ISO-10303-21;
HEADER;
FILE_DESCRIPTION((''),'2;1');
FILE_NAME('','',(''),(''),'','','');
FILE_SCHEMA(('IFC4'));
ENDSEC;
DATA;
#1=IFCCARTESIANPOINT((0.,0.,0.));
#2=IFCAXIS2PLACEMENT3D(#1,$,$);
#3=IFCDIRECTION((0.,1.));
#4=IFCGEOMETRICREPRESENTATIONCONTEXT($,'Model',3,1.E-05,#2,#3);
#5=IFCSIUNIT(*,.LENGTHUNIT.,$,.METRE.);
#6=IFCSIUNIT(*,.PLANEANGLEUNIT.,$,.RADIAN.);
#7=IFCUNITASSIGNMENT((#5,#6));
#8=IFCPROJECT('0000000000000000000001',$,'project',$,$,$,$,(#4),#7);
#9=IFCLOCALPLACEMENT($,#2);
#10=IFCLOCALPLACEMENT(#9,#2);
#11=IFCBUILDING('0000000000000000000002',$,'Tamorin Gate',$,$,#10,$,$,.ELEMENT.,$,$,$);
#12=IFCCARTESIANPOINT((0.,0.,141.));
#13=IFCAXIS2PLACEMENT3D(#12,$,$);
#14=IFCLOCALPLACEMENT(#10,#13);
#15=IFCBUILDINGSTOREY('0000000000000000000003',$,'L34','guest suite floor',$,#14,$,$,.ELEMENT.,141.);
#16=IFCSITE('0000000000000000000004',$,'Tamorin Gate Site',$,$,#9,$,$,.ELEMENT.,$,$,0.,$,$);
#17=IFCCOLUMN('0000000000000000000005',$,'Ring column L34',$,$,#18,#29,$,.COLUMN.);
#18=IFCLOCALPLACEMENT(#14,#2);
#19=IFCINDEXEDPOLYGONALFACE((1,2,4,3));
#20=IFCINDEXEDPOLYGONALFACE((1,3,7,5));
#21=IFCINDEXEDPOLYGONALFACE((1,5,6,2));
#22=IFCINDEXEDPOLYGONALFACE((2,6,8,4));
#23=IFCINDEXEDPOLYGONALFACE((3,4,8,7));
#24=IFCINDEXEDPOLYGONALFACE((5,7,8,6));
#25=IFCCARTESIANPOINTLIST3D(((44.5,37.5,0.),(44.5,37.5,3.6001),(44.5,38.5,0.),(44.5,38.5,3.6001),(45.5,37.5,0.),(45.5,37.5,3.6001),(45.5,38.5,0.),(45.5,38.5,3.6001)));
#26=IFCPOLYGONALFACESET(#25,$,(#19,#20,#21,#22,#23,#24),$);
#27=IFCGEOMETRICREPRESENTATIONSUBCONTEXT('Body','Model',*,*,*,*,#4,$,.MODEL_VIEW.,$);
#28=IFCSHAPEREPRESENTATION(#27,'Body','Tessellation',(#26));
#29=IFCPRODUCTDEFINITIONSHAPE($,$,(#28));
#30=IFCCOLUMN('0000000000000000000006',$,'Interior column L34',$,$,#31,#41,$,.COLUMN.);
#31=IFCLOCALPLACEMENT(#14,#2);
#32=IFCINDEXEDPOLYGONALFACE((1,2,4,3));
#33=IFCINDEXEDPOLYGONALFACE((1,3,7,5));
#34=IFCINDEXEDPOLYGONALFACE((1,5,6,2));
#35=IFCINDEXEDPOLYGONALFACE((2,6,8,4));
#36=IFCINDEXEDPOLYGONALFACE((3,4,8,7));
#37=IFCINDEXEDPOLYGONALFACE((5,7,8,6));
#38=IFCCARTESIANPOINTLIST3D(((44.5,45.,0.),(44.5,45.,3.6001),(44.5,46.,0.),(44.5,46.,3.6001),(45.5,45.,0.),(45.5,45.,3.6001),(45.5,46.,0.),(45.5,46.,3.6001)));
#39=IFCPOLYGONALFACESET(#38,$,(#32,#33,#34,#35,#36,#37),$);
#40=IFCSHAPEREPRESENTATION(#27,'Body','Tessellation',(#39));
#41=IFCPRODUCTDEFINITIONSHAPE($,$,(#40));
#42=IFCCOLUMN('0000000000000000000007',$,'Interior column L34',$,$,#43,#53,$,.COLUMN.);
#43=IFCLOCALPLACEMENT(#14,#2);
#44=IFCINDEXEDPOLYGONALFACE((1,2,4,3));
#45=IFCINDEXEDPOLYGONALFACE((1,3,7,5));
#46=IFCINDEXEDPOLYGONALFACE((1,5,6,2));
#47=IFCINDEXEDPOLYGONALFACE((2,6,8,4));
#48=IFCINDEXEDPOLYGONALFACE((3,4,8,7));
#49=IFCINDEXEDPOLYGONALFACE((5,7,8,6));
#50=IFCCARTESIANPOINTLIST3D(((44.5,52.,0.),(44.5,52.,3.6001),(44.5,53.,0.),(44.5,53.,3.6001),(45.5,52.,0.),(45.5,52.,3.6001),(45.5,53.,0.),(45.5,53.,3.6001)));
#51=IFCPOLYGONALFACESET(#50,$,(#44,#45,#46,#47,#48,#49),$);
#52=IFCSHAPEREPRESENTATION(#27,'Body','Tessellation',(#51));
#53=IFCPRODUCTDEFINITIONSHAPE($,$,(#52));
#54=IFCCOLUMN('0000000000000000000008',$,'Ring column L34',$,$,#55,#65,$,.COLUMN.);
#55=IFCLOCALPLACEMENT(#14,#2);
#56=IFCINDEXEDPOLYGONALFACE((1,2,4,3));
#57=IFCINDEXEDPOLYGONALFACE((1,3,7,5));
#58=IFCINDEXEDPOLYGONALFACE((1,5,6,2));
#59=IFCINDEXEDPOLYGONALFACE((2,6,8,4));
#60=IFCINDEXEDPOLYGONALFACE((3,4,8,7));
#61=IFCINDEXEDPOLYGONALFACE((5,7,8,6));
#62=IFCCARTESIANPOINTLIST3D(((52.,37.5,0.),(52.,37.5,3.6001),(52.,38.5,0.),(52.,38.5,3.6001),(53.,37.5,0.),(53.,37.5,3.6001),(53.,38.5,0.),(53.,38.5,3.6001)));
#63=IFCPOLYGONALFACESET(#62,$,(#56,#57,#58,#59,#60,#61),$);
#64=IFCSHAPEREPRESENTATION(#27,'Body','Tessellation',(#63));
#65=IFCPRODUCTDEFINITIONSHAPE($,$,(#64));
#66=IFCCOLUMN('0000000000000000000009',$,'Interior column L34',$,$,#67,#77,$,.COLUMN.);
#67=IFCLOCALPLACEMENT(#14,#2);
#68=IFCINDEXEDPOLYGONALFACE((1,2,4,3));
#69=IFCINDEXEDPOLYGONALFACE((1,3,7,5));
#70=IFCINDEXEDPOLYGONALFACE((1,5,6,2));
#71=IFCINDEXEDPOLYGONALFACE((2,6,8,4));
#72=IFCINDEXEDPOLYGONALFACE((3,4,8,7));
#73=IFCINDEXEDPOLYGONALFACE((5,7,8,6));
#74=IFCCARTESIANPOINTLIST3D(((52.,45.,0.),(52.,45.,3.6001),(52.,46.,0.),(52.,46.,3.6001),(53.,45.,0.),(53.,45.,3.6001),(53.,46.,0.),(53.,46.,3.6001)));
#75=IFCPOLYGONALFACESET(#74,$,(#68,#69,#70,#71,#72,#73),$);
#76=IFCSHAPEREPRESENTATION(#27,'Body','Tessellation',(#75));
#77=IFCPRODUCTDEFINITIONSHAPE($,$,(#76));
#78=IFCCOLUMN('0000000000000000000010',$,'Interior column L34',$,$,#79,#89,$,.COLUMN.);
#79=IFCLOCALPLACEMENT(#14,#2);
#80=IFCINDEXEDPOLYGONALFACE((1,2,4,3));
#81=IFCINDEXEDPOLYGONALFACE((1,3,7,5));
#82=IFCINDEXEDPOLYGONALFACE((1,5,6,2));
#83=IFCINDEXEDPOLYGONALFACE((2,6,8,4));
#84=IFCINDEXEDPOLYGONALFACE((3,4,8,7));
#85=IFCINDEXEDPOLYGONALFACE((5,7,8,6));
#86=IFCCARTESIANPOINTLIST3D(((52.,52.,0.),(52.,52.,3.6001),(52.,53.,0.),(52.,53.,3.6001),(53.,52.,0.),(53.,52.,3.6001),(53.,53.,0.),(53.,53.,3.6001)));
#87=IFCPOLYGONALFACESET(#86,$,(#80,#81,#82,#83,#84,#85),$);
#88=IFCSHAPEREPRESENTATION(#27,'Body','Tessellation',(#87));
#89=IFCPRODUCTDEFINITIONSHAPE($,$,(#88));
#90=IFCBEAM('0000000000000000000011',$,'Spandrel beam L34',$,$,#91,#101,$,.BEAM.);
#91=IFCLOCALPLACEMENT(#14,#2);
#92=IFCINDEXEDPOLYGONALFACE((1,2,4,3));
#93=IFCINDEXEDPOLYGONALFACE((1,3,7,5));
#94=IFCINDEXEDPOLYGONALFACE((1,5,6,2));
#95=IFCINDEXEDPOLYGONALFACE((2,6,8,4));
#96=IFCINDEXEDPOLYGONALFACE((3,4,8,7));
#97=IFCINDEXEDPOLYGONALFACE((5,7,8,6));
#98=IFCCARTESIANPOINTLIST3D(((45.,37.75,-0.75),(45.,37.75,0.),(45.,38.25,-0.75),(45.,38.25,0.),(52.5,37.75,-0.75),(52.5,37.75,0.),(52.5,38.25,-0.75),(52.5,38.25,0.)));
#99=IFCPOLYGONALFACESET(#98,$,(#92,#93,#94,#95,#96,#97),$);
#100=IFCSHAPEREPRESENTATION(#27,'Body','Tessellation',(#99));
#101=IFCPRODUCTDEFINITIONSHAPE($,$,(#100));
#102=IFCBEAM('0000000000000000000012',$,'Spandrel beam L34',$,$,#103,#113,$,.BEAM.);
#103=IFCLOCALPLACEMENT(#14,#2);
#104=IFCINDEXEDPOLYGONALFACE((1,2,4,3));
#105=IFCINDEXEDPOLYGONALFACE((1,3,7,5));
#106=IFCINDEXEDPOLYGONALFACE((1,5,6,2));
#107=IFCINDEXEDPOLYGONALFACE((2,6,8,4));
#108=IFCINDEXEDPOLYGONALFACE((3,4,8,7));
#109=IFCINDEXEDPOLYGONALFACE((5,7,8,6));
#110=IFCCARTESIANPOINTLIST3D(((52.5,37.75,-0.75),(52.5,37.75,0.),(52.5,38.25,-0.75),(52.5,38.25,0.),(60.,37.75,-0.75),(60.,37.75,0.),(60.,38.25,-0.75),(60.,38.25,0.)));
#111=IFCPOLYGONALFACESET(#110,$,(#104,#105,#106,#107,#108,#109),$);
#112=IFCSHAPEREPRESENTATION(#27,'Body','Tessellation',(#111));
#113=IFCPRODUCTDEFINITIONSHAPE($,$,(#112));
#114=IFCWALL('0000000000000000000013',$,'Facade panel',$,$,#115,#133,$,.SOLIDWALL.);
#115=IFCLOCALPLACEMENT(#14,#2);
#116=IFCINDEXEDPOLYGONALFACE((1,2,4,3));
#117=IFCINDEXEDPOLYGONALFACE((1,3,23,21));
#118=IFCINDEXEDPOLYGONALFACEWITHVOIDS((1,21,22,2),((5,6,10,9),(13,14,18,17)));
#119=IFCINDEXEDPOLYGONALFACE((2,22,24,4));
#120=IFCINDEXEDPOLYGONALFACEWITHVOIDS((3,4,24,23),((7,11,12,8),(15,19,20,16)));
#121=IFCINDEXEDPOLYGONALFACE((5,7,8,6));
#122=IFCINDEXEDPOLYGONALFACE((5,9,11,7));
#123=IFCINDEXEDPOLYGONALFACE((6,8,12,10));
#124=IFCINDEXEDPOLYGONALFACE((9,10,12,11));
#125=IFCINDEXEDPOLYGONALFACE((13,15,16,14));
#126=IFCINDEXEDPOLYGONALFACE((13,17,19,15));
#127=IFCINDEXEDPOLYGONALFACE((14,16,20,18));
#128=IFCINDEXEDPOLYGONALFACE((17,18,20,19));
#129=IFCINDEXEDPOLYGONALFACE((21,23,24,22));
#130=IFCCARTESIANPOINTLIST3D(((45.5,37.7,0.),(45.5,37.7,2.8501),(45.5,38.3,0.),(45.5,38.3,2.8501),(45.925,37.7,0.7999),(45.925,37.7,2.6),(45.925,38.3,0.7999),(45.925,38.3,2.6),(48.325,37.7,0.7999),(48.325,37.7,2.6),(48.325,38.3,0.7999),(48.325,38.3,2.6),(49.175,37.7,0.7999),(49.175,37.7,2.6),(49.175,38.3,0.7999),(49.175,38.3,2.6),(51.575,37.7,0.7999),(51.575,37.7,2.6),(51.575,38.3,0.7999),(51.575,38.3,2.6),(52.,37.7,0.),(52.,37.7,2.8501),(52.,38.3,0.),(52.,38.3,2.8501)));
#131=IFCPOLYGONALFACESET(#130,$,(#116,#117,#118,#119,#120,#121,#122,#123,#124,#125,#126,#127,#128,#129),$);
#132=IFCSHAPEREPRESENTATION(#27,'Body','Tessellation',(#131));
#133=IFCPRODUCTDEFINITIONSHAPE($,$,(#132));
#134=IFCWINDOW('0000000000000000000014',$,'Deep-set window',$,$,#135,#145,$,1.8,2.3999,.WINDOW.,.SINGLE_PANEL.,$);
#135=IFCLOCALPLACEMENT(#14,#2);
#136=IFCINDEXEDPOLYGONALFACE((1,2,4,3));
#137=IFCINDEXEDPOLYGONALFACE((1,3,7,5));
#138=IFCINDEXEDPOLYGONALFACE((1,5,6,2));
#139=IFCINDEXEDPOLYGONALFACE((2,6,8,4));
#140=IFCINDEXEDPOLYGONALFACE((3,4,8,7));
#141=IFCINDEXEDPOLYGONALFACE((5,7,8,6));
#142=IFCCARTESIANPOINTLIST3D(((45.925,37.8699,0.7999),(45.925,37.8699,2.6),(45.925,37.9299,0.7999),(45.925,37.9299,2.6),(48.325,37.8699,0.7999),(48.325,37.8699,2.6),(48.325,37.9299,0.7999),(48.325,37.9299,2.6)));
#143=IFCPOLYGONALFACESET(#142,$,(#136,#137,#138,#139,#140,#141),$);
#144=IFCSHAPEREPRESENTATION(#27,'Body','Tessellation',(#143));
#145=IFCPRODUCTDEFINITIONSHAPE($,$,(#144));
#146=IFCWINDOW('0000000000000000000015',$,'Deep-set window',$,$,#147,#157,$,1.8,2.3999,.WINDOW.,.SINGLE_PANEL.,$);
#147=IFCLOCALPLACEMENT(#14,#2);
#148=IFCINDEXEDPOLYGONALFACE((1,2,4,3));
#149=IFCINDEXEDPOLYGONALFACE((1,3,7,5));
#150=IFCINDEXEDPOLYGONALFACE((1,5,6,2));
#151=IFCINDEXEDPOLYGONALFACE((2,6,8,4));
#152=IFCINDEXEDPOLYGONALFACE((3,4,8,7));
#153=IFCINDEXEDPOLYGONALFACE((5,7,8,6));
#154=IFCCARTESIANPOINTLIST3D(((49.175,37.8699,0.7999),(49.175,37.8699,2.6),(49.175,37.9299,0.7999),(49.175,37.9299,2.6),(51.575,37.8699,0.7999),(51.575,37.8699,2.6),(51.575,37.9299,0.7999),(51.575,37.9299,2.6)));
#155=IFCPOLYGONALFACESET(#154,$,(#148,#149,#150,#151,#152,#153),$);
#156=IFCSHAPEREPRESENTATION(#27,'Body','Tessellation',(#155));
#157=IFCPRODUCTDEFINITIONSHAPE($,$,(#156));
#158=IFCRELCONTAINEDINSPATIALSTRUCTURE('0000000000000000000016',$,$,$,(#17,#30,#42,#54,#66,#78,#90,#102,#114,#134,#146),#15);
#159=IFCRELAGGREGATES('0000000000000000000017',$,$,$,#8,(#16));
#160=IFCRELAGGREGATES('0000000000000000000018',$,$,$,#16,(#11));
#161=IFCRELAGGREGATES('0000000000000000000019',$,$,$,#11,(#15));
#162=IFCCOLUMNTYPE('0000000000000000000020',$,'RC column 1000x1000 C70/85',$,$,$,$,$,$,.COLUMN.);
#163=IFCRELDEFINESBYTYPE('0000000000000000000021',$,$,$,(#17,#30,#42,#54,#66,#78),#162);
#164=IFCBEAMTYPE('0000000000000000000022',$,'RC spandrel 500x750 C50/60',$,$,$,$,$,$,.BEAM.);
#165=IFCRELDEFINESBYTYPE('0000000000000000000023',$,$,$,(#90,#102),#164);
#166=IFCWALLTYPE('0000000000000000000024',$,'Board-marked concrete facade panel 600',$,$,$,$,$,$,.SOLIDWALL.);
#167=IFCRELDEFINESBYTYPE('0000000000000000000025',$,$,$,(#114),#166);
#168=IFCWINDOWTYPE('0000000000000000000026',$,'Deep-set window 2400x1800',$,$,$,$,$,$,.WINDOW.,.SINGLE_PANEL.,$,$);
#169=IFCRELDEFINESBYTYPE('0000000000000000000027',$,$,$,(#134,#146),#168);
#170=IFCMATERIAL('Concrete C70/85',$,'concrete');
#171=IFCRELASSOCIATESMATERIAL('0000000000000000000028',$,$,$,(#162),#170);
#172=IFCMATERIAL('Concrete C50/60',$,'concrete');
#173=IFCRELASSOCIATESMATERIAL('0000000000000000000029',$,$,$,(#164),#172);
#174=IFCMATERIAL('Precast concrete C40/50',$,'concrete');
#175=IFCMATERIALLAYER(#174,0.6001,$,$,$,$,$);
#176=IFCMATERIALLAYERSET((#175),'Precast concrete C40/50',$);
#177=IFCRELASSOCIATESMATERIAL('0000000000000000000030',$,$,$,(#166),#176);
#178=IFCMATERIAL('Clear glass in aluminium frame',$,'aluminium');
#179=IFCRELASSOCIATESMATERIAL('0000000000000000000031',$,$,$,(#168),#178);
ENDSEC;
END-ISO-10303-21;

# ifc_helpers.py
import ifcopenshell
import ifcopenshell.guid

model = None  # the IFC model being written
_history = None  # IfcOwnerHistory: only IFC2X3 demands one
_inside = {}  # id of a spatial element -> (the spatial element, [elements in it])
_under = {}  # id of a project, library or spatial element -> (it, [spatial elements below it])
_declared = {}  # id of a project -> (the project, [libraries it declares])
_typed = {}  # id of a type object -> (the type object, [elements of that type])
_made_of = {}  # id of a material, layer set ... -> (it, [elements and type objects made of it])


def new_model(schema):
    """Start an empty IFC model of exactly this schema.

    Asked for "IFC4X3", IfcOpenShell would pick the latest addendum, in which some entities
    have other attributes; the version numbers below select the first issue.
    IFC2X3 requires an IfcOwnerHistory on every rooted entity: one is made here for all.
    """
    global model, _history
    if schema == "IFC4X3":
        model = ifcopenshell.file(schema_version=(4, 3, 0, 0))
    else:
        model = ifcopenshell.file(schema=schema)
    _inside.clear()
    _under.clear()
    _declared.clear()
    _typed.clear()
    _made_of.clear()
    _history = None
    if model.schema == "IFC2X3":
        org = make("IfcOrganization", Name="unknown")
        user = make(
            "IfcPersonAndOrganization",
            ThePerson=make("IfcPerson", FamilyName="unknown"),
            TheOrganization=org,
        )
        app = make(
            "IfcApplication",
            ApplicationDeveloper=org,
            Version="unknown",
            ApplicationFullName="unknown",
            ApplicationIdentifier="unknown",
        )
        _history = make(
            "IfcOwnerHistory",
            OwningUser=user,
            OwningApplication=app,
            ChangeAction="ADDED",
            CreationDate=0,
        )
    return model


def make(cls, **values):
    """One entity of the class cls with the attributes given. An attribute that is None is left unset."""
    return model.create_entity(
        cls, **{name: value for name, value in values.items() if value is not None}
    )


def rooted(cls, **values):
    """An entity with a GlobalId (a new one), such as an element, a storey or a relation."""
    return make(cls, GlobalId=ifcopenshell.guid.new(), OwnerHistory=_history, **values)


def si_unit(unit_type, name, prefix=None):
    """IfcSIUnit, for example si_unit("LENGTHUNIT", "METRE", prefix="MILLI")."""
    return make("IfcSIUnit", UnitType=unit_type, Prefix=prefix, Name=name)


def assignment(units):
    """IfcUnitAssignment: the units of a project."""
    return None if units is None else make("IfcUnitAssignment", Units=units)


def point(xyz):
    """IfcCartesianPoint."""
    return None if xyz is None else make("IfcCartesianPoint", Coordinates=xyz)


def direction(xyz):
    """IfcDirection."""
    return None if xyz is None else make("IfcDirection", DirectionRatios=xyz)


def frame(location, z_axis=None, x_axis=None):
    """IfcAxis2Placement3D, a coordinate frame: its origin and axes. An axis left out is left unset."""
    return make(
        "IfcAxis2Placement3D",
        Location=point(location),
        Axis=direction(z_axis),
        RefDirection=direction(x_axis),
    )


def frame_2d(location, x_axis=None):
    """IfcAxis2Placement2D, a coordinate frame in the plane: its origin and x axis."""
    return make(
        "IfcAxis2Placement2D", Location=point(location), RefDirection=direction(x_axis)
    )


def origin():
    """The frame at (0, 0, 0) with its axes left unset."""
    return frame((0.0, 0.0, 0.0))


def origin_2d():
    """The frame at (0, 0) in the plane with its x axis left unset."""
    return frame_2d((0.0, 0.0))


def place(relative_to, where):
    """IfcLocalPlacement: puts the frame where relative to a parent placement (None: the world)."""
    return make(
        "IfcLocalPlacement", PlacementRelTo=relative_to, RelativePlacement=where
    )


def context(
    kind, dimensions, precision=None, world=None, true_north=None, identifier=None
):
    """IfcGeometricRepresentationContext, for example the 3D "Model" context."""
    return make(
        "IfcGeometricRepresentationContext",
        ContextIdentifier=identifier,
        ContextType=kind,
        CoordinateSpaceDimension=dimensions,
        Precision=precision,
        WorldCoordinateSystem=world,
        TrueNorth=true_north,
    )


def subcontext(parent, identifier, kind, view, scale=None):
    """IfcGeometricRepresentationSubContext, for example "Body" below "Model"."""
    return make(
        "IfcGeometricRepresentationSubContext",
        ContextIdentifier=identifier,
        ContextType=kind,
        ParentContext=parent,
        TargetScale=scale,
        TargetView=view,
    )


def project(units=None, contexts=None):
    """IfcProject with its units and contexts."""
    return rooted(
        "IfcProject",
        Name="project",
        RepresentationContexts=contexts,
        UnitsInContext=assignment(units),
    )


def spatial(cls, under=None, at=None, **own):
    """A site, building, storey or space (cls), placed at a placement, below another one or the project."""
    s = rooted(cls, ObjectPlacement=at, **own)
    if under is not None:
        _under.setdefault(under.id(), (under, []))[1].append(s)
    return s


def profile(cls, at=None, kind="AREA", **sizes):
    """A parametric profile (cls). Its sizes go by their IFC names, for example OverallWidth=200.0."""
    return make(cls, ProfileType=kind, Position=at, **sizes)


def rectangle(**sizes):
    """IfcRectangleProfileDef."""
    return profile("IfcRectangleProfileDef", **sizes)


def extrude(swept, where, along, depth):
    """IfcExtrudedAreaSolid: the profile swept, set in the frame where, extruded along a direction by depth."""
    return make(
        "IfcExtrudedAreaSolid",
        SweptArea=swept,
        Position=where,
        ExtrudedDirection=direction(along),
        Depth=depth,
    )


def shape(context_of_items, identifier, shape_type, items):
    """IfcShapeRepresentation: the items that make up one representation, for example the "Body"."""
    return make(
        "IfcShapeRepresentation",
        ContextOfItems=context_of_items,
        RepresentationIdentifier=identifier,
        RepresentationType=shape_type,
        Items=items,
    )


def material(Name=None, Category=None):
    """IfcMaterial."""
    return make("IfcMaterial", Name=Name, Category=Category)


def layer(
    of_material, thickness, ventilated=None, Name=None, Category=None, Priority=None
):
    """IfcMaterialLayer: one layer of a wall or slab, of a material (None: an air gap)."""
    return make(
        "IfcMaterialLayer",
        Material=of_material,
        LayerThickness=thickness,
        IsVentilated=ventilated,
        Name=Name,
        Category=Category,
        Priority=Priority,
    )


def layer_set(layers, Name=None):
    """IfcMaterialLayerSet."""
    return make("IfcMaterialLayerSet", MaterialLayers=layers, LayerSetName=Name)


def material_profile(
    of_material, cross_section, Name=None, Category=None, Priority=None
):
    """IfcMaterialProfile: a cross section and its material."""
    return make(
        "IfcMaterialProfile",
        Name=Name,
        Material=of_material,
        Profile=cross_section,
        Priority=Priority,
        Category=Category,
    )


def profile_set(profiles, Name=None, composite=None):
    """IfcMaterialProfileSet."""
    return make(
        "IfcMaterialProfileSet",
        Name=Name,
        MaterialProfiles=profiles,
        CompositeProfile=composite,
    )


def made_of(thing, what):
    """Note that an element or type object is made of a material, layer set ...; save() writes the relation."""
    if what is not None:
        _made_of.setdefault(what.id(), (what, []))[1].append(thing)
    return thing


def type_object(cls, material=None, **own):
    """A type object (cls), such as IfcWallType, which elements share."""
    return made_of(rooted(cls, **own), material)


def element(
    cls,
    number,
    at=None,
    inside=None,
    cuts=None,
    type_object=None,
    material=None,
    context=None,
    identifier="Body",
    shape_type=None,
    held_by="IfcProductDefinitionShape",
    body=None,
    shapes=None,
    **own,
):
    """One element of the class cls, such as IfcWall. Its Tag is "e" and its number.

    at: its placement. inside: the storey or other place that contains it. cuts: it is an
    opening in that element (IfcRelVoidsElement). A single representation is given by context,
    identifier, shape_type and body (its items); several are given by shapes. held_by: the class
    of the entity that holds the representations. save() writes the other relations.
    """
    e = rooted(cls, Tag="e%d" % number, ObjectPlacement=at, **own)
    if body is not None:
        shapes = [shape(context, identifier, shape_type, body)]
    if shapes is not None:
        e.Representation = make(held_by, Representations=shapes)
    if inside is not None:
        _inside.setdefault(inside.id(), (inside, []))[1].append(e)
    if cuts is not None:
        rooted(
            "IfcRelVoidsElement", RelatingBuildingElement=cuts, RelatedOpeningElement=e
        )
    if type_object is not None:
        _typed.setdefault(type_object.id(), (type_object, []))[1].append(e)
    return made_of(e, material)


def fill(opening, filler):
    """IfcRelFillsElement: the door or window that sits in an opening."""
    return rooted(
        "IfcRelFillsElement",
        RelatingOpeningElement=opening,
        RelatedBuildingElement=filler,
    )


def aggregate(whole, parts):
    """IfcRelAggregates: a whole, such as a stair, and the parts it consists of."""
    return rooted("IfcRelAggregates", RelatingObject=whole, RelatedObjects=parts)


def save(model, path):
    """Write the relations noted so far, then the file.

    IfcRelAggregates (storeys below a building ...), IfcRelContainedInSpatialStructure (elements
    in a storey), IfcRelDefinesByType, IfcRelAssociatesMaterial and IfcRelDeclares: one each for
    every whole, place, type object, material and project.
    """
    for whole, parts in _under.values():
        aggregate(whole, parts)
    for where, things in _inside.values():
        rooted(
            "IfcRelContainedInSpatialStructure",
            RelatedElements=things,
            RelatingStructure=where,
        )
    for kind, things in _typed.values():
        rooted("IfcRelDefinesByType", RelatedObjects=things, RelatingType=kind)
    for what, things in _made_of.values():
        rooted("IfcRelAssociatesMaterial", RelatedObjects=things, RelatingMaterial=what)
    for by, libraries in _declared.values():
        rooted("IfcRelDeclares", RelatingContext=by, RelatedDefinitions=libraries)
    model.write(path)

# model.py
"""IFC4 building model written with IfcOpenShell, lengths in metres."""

from ifc_helpers import new_model, si_unit, direction, frame, frame_2d, origin, origin_2d, place, context, subcontext, project, spatial, rectangle, extrude, material, layer, layer_set, material_profile, profile_set, type_object, element, fill, save


model = new_model("IFC4")

# Units and contexts
model_context = context("Model", 3, precision=1e-05, world=origin(), true_north=direction((0.0, 1.0)))
body_context = subcontext(model_context, "Body", "Model", "MODEL_VIEW")
ifc_project = project(units=[si_unit("LENGTHUNIT", "METRE"), si_unit("PLANEANGLEUNIT", "RADIAN")], contexts=[model_context])

# Site, building, storey
site_placement = place(None, origin())
site = spatial("IfcSite", under=ifc_project, at=site_placement, Name="Tamorin Gate Site", CompositionType="ELEMENT", RefElevation=0.0)
building_placement = place(site_placement, origin())
building = spatial("IfcBuilding", under=site, at=building_placement, Name="Tamorin Gate", CompositionType="ELEMENT")
storey_placement = place(building_placement, frame((0.0, 0.0, 141.0)))
storey = spatial("IfcBuildingStorey", under=building, at=storey_placement, Name="L34", Description="guest suite floor", CompositionType="ELEMENT", Elevation=141.0)

# Columns
ifc_material_1 = material(Name="Concrete C70/85", Category="concrete")
ifc_material_profile_1 = material_profile(ifc_material_1, rectangle(XDim=1.0, YDim=1.0, at=origin_2d()), Name="RC 1000x1000")
ifc_profile_set_1 = profile_set([ifc_material_profile_1], Name="Concrete C70/85")
column_type = type_object("IfcColumnType", Name="RC column 1000x1000 C70/85", PredefinedType="COLUMN", material=ifc_profile_set_1)
for number, where, z_axis, x_axis, name in (
    (1, (45.0, 38.0, 0.0), (0.0, 0.0, 1.0), (1.0, 0.0, 0.0), "Ring column L34"),
    (2, (45.0, 45.5, 0.0), (0.0, 0.0, 1.0), (1.0, 0.0, 0.0), "Interior column L34"),
    (3, (45.0, 52.5, 0.0), (0.0, 0.0, 1.0), (1.0, 0.0, 0.0), "Interior column L34"),
    (4, (52.5, 38.0, 0.0), (0.0, 0.0, 1.0), (1.0, 0.0, 0.0), "Ring column L34"),
    (5, (52.5, 45.5, 0.0), (0.0, 0.0, 1.0), (1.0, 0.0, 0.0), "Interior column L34"),
    (6, (52.5, 52.5, 0.0), (0.0, 0.0, 1.0), (1.0, 0.0, 0.0), "Interior column L34"),
):
    element("IfcColumn", number, at=place(storey_placement, frame(where, z_axis=z_axis, x_axis=x_axis)), inside=storey, type_object=column_type, Name=name, PredefinedType="COLUMN", context=body_context, shape_type="SweptSolid", body=[
        extrude(rectangle(XDim=1.0, YDim=1.0, at=origin_2d()), origin(), (0.0, 0.0, 1.0), 3.6001),
    ])

# Beams
ifc_material_2 = material(Name="Concrete C50/60", Category="concrete")
ifc_material_profile_2 = material_profile(ifc_material_2, rectangle(XDim=0.5, YDim=0.75, at=origin_2d()), Name="RC 500x750")
ifc_profile_set_2 = profile_set([ifc_material_profile_2], Name="Concrete C50/60")
beam_type = type_object("IfcBeamType", Name="RC spandrel 500x750 C50/60", PredefinedType="BEAM", material=ifc_profile_set_2)
for number, where, z_axis, x_axis, name in (
    (7, (45.0, 38.0, -0.375), (1.0, 0.0, 0.0), (0.0, 1.0, 0.0), "Spandrel beam L34"),
    (8, (52.5, 38.0, -0.375), (1.0, 0.0, 0.0), (0.0, 1.0, 0.0), "Spandrel beam L34"),
):
    element("IfcBeam", number, at=place(storey_placement, frame(where, z_axis=z_axis, x_axis=x_axis)), inside=storey, type_object=beam_type, Name=name, PredefinedType="BEAM", context=body_context, shape_type="SweptSolid", body=[
        extrude(rectangle(XDim=0.5, YDim=0.75, at=origin_2d()), origin(), (0.0, 0.0, 1.0), 7.5),
    ])

# Wall, openings, windows
ifc_material_3 = material(Name="Precast concrete C40/50", Category="concrete")
ifc_layer_1 = layer(ifc_material_3, 0.6001)
ifc_layer_set_1 = layer_set([ifc_layer_1], Name="Precast concrete C40/50")
wall_type_1 = type_object("IfcWallType", Name="Board-marked concrete facade panel 600", PredefinedType="SOLIDWALL", material=ifc_layer_set_1)
wall_1_placement = place(storey_placement, frame((45.5, 38.0, 0.0), z_axis=(0.0, 0.0, 1.0), x_axis=(1.0, 0.0, 0.0)))
wall_1 = element("IfcWall", 9, at=wall_1_placement, inside=storey, type_object=wall_type_1, Name="Facade panel", PredefinedType="SOLIDWALL", context=body_context, shape_type="SweptSolid", body=[
    extrude(rectangle(XDim=6.5, YDim=0.6001, at=frame_2d((3.25, 0.0))), origin(), (0.0, 0.0, 1.0), 2.8501),
])
opening_1_placement = place(wall_1_placement, frame((0.425, 0.0, 0.8)))
opening_1 = element("IfcOpeningElement", 10, at=opening_1_placement, cuts=wall_1, PredefinedType="OPENING", context=body_context, shape_type="SweptSolid", body=[
    extrude(rectangle(XDim=2.3999, YDim=1.8, at=frame_2d((1.2, 0.8999))), frame((0.0, 0.3101, 0.0), z_axis=(0.0, -1.0, 0.0), x_axis=(1.0, 0.0, 0.0)), (0.0, 0.0, 1.0), 0.6201),
])
opening_2_placement = place(wall_1_placement, frame((3.675, 0.0, 0.8)))
opening_2 = element("IfcOpeningElement", 11, at=opening_2_placement, cuts=wall_1, PredefinedType="OPENING", context=body_context, shape_type="SweptSolid", body=[
    extrude(rectangle(XDim=2.3999, YDim=1.8, at=frame_2d((1.2, 0.8999))), frame((0.0, 0.3101, 0.0), z_axis=(0.0, -1.0, 0.0), x_axis=(1.0, 0.0, 0.0)), (0.0, 0.0, 1.0), 0.6201),
])
ifc_material_4 = material(Name="Clear glass in aluminium frame", Category="aluminium")
window_type = type_object("IfcWindowType", Name="Deep-set window 2400x1800", PartitioningType="SINGLE_PANEL", PredefinedType="WINDOW", material=ifc_material_4)
window_1_placement = place(opening_1_placement, origin())
window_1 = element("IfcWindow", 12, at=window_1_placement, inside=storey, type_object=window_type, Name="Deep-set window", OverallHeight=1.8, OverallWidth=2.3999, PartitioningType="SINGLE_PANEL", PredefinedType="WINDOW", context=body_context, shape_type="SweptSolid", body=[
    extrude(rectangle(XDim=2.3999, YDim=1.8, at=frame_2d((1.2, 0.8999))), frame((0.0, -0.0701, 0.0), z_axis=(0.0, -1.0, 0.0), x_axis=(1.0, 0.0, 0.0)), (0.0, 0.0, 1.0), 0.0601),
])
fill(opening_1, window_1)
window_2_placement = place(opening_2_placement, origin())
window_2 = element("IfcWindow", 13, at=window_2_placement, inside=storey, type_object=window_type, Name="Deep-set window", OverallHeight=1.8, OverallWidth=2.3999, PartitioningType="SINGLE_PANEL", PredefinedType="WINDOW", context=body_context, shape_type="SweptSolid", body=[
    extrude(rectangle(XDim=2.3999, YDim=1.8, at=frame_2d((1.2, 0.8999))), frame((0.0, -0.0701, 0.0), z_axis=(0.0, -1.0, 0.0), x_axis=(1.0, 0.0, 0.0)), (0.0, 0.0, 1.0), 0.0601),
])
fill(opening_2, window_2)

save(model, "model.ifc")
